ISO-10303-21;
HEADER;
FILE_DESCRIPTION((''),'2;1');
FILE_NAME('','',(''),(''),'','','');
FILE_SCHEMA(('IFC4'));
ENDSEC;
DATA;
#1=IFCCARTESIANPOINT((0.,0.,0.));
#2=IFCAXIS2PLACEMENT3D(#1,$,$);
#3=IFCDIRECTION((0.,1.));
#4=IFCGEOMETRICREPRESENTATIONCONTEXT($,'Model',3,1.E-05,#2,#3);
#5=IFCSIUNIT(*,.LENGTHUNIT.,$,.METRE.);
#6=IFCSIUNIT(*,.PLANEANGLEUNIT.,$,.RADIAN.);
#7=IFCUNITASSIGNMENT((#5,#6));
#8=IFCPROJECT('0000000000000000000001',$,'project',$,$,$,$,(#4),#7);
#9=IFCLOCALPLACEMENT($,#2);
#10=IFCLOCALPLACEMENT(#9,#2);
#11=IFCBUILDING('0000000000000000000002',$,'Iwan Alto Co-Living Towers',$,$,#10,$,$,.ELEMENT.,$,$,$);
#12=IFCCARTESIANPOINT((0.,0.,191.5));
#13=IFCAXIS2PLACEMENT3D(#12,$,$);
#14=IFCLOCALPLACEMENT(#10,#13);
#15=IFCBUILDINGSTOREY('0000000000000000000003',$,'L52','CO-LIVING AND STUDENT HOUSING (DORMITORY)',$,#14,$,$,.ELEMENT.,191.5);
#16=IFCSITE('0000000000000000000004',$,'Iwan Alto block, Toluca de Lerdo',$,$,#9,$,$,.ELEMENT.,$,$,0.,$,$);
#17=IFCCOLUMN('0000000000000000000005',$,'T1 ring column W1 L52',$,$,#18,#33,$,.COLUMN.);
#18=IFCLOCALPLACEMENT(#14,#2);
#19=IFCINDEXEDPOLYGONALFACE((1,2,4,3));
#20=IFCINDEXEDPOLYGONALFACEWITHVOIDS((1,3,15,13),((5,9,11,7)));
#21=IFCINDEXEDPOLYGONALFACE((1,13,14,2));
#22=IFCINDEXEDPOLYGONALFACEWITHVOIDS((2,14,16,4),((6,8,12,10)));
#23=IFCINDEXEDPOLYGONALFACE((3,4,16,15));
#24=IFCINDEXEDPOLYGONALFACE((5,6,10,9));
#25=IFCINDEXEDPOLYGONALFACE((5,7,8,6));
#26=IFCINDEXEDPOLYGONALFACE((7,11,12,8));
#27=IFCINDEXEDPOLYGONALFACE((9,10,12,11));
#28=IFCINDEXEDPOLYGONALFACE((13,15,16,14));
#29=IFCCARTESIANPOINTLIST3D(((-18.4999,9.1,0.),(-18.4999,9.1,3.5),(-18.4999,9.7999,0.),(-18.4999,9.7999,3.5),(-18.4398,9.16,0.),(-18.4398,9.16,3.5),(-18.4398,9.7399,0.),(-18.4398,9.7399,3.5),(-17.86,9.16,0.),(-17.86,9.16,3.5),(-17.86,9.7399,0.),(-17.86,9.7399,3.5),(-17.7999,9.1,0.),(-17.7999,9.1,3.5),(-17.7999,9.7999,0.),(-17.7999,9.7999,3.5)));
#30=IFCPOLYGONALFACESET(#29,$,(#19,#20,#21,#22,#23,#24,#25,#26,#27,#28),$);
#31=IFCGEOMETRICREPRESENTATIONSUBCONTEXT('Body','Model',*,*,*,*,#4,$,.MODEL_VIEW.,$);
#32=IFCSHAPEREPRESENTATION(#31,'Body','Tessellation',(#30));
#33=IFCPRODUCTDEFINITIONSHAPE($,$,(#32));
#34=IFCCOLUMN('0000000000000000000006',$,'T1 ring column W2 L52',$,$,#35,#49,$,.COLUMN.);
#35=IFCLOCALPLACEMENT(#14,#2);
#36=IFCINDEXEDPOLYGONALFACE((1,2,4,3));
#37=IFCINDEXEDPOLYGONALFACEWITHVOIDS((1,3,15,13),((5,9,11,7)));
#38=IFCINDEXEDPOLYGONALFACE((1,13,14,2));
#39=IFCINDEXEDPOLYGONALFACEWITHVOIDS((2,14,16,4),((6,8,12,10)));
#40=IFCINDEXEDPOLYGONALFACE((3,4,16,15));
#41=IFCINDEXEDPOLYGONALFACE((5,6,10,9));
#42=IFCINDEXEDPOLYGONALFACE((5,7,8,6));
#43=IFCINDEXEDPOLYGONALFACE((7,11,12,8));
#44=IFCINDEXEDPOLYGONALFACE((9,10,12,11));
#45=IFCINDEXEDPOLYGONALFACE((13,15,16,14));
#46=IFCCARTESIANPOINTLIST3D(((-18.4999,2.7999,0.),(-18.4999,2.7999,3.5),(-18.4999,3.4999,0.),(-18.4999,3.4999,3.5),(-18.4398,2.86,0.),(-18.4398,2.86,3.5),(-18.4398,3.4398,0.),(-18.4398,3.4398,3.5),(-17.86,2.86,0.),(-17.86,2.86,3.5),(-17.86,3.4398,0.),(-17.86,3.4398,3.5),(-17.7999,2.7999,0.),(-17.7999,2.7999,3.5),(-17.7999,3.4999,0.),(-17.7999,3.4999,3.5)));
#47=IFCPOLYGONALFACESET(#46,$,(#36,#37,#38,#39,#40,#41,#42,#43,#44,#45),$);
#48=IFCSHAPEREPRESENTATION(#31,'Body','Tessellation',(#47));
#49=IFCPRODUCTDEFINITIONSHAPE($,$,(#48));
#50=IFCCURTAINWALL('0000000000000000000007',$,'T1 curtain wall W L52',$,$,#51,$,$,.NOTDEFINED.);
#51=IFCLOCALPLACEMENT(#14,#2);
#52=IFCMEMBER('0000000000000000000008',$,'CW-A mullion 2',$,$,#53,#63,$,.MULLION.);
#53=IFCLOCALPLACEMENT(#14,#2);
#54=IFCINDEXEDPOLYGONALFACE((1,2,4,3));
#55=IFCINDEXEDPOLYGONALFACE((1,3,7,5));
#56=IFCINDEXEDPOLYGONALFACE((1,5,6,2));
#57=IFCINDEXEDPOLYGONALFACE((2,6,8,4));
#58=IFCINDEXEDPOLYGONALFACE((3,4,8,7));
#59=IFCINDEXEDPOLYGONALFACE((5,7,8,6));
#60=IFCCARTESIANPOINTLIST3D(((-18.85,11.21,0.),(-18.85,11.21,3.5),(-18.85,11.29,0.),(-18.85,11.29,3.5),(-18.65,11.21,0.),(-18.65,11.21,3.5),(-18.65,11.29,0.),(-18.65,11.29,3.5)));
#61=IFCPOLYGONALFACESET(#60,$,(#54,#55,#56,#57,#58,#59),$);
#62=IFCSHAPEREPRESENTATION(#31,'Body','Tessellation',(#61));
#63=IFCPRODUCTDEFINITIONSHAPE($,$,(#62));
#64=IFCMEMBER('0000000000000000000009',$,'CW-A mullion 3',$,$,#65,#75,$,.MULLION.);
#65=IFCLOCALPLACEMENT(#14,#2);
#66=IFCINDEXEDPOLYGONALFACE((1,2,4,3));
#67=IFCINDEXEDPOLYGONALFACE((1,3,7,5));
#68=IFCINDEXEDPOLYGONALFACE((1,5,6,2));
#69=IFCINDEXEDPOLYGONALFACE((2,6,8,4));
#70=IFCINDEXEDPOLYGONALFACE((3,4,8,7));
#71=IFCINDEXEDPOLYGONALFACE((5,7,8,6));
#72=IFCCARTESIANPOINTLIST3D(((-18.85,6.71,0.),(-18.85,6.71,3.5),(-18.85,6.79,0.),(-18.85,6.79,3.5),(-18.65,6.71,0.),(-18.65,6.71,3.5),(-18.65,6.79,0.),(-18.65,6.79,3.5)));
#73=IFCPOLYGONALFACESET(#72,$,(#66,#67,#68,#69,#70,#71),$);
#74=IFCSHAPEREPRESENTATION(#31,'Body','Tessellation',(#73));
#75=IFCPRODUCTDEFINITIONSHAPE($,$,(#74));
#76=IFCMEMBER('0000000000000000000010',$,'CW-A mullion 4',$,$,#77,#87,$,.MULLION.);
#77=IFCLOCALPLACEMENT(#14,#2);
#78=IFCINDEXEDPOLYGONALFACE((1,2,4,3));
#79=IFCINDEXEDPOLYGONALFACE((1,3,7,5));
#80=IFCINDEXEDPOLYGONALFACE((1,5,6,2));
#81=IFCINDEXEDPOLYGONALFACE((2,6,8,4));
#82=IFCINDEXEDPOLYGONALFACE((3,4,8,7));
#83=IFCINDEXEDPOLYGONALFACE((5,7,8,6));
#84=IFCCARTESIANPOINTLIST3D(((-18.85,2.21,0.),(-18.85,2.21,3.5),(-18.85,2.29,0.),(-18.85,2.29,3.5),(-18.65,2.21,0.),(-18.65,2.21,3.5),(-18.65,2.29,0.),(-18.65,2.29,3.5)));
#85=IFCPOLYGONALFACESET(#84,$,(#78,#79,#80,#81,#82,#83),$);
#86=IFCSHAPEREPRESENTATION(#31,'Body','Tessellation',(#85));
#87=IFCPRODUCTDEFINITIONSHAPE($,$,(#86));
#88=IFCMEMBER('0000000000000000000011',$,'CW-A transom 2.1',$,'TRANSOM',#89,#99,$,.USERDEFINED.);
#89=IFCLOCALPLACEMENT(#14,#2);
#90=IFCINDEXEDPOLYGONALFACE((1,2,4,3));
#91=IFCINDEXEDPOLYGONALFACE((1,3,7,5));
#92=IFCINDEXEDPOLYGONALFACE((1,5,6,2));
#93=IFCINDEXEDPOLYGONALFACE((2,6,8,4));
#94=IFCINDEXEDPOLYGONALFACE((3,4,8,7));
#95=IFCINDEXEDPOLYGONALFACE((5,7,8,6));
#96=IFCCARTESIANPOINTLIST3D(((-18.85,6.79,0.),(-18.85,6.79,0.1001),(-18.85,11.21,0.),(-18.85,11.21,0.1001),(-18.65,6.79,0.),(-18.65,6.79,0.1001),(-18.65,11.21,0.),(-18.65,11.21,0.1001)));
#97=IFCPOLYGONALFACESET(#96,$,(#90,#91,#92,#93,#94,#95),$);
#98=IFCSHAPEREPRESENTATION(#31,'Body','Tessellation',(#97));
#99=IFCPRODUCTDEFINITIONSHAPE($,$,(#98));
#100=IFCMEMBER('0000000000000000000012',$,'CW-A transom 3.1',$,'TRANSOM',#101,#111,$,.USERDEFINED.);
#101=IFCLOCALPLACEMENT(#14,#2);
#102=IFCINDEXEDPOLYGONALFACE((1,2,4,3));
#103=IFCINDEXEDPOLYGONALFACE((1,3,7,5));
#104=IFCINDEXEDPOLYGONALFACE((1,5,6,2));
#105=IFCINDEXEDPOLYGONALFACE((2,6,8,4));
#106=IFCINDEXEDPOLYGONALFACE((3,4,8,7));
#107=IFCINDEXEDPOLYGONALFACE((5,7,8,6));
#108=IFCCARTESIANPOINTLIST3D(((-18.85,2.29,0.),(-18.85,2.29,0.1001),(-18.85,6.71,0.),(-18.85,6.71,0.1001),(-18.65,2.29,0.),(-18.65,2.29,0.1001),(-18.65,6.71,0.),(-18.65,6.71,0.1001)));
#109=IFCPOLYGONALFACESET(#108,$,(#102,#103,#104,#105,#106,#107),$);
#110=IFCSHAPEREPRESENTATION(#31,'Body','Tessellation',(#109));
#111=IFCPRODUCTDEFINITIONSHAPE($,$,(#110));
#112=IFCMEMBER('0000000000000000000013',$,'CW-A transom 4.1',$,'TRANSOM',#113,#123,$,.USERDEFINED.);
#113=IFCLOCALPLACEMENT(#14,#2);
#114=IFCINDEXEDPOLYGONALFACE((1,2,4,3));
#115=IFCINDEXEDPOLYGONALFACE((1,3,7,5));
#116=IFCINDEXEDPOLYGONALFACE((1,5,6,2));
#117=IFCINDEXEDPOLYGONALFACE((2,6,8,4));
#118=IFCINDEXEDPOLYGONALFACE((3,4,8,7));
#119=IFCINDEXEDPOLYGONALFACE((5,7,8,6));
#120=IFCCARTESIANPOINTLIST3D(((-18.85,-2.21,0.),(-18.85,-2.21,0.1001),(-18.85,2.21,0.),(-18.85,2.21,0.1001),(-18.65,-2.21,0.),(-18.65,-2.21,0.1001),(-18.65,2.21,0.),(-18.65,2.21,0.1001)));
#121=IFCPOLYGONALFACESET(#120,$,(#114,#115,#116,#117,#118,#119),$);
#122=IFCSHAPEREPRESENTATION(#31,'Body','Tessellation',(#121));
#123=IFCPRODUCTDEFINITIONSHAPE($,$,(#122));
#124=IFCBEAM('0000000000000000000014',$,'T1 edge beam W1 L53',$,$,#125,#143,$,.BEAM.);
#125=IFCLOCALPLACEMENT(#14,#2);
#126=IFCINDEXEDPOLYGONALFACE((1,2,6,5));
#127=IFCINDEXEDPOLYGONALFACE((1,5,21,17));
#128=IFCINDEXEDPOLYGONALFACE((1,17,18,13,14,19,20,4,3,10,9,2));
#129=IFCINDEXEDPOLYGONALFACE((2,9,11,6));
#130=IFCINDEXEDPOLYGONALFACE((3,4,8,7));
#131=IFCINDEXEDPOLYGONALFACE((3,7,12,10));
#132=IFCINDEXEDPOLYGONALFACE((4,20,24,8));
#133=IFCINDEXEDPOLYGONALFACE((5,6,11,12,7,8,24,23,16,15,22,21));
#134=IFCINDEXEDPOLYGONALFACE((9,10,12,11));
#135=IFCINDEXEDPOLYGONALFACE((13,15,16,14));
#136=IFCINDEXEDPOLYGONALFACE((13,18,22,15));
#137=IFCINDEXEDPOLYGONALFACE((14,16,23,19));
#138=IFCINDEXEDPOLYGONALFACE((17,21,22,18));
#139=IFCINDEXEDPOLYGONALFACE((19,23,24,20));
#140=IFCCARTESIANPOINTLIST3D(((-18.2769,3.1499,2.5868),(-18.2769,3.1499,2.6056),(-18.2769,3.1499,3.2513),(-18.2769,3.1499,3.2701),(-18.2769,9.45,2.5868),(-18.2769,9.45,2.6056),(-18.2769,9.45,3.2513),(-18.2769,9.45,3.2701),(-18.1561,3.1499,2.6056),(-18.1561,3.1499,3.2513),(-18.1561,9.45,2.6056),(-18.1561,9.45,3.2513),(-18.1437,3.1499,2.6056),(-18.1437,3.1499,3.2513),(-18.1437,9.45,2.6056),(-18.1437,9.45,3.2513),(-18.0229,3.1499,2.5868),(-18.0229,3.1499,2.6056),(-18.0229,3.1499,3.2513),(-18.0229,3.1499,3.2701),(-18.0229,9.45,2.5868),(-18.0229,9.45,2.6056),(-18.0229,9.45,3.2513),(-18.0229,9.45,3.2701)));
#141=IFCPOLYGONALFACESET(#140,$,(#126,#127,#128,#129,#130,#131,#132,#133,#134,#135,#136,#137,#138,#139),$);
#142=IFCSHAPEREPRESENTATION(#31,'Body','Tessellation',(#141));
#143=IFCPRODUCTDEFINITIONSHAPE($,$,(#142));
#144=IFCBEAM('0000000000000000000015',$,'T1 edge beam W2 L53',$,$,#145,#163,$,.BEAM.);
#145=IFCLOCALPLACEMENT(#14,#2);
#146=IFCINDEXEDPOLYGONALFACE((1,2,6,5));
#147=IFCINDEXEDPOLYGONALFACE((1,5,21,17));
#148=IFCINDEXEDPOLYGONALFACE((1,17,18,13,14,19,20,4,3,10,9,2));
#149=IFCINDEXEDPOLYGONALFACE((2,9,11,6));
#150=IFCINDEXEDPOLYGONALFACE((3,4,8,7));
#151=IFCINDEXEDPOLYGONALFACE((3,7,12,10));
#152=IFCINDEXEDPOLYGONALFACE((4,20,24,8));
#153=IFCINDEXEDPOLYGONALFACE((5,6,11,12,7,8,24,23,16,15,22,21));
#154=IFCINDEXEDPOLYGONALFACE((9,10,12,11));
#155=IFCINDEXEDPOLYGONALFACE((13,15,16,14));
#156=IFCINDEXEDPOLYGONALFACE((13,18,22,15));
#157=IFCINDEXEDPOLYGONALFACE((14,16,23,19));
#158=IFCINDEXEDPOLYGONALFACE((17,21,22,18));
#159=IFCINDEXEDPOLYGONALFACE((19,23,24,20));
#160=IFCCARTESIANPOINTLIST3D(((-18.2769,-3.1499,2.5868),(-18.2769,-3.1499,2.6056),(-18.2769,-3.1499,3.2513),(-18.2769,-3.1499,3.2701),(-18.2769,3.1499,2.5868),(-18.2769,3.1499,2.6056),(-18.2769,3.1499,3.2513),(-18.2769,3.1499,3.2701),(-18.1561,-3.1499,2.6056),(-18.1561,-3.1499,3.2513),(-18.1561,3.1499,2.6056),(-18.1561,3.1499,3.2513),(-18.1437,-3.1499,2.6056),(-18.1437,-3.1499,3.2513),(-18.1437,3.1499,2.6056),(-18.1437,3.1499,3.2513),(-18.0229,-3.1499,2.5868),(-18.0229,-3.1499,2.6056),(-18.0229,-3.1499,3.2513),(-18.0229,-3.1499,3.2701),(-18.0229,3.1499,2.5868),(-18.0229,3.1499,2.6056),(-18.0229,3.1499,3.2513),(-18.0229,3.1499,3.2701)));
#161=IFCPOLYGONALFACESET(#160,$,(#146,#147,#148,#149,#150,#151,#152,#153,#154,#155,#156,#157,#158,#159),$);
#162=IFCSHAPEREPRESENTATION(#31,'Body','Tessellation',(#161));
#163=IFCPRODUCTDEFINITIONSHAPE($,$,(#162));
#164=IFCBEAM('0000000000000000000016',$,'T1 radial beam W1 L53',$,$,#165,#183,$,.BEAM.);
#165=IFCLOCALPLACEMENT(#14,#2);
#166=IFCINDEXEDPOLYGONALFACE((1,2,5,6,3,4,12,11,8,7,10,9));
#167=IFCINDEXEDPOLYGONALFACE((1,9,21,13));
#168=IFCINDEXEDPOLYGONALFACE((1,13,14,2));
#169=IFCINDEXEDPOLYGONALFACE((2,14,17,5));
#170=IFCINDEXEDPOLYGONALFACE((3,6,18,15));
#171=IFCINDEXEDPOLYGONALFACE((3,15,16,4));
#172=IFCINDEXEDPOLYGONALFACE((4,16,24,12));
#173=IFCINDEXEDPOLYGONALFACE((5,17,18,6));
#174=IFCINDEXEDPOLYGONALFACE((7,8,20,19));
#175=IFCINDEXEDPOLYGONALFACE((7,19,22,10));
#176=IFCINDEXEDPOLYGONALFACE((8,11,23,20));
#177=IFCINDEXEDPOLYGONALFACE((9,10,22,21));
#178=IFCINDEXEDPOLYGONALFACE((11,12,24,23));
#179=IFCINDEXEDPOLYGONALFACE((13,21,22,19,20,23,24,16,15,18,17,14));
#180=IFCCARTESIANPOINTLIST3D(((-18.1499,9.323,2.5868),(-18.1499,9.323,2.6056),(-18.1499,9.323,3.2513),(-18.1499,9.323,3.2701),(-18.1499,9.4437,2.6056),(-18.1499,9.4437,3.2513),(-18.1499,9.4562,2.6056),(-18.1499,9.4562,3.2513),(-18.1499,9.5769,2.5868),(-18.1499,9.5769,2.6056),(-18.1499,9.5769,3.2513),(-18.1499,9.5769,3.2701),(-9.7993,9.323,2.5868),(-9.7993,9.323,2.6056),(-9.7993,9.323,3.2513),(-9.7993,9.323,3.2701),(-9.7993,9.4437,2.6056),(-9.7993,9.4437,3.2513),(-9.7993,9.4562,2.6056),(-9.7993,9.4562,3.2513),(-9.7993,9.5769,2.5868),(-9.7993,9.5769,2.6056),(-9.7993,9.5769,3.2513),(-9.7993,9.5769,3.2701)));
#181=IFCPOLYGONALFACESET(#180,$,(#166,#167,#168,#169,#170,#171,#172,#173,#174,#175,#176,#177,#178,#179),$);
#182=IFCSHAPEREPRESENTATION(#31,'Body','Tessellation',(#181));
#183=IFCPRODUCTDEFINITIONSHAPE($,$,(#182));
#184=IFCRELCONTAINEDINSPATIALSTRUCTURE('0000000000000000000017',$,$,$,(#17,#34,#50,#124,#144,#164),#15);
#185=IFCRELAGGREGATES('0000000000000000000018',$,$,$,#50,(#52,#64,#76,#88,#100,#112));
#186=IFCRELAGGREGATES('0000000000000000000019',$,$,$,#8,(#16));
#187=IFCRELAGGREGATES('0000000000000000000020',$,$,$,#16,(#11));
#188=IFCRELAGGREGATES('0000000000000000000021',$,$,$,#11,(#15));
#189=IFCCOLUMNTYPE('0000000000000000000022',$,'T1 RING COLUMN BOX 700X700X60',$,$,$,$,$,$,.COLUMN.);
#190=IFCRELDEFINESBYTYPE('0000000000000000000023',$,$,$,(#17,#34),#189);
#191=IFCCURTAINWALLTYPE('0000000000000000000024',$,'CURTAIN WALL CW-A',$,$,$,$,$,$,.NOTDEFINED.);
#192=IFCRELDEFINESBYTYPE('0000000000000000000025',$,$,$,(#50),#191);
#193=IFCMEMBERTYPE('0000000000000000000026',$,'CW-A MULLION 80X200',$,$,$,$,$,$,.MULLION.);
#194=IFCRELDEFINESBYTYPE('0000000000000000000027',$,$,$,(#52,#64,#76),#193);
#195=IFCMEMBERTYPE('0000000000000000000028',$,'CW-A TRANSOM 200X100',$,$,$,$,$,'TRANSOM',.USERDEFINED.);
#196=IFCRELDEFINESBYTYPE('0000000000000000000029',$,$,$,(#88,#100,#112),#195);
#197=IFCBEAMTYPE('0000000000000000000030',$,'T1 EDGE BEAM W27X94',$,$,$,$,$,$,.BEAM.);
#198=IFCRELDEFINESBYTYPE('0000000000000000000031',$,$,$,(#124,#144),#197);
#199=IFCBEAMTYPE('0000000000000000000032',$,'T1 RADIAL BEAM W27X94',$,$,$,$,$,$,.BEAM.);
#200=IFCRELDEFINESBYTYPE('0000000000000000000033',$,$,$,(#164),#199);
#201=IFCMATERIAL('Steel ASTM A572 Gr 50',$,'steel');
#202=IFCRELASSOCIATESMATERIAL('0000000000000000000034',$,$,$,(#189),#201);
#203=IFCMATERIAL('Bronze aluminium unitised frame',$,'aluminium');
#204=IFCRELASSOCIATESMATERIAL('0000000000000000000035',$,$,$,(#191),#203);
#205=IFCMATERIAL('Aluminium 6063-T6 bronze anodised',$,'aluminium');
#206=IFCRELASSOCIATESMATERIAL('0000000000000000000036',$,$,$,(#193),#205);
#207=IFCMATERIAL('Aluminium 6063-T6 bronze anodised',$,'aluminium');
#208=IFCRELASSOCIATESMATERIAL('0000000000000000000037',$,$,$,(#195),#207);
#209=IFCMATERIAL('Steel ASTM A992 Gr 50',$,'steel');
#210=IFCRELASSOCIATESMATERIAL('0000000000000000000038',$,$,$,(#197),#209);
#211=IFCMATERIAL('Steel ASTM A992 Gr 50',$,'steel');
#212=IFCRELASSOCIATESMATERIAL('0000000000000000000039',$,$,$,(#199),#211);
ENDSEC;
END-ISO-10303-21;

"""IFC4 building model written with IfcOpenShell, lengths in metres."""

from ifc_helpers import new_model, si_unit, direction, frame, origin, origin_2d, place, context, subcontext, project, spatial, rectangle, hollow_rectangle, i_section, extrude, material, material_profile, profile_set, type_object, element, aggregate, save


model = new_model("IFC4")

# Units and contexts
model_context = context("Model", 3, precision=1e-05, world=origin(), true_north=direction((0.0, 1.0)))
body_context = subcontext(model_context, "Body", "Model", "MODEL_VIEW")
ifc_project = project(units=[si_unit("LENGTHUNIT", "METRE"), si_unit("PLANEANGLEUNIT", "RADIAN")], contexts=[model_context])

# Site, building, storey
site_placement = place(None, origin())
site = spatial("IfcSite", under=ifc_project, at=site_placement, Name="Iwan Alto block, Toluca de Lerdo", CompositionType="ELEMENT", RefElevation=0.0)
building_placement = place(site_placement, origin())
building = spatial("IfcBuilding", under=site, at=building_placement, Name="Iwan Alto Co-Living Towers", CompositionType="ELEMENT")
storey_placement = place(building_placement, frame((0.0, 0.0, 191.5)))
storey = spatial("IfcBuildingStorey", under=building, at=storey_placement, Name="L52", Description="CO-LIVING AND STUDENT HOUSING (DORMITORY)", CompositionType="ELEMENT", Elevation=191.5)

# Columns
ifc_material_1 = material(Name="Steel ASTM A572 Gr 50", Category="steel")
ifc_material_profile_1 = material_profile(ifc_material_1, hollow_rectangle(XDim=0.7, YDim=0.7, WallThickness=0.0601, at=origin_2d()), Name="BOX 700X700X60")
ifc_profile_set_1 = profile_set([ifc_material_profile_1], Name="Steel ASTM A572 Gr 50")
column_type = type_object("IfcColumnType", Name="T1 RING COLUMN BOX 700X700X60", PredefinedType="COLUMN", material=ifc_profile_set_1)
for number, where, z_axis, x_axis, name in (
    (1, (-18.1499, 9.45, 0.0), (0.0, 0.0, 1.0), (1.0, 0.0, 0.0), "T1 ring column W1 L52"),
    (2, (-18.1499, 3.1499, 0.0), (0.0, 0.0, 1.0), (1.0, 0.0, 0.0), "T1 ring column W2 L52"),
):
    element("IfcColumn", number, at=place(storey_placement, frame(where, z_axis=z_axis, x_axis=x_axis)), inside=storey, type_object=column_type, Name=name, PredefinedType="COLUMN", context=body_context, shape_type="SweptSolid", body=[
        extrude(hollow_rectangle(XDim=0.7, YDim=0.7, WallThickness=0.0601, at=origin_2d()), origin(), (0.0, 0.0, 1.0), 3.5),
    ])

# Curtain wall, members
ifc_material_2 = material(Name="Bronze aluminium unitised frame", Category="aluminium")
curtain_wall_type = type_object("IfcCurtainWallType", Name="CURTAIN WALL CW-A", PredefinedType="NOTDEFINED", material=ifc_material_2)
curtain_wall_placement = place(storey_placement, origin())
curtain_wall = element("IfcCurtainWall", 3, at=curtain_wall_placement, inside=storey, type_object=curtain_wall_type, Name="T1 curtain wall W L52", PredefinedType="NOTDEFINED")
ifc_material_3 = material(Name="Aluminium 6063-T6 bronze anodised", Category="aluminium")
ifc_material_profile_2 = material_profile(ifc_material_3, rectangle(XDim=0.2, YDim=0.0801, at=origin_2d()), Name="AL 80X200")
ifc_profile_set_2 = profile_set([ifc_material_profile_2], Name="Aluminium 6063-T6 bronze anodised")
member_type_1 = type_object("IfcMemberType", Name="CW-A MULLION 80X200", PredefinedType="MULLION", material=ifc_profile_set_2)
member_1_placement = place(storey_placement, frame((-18.75, 11.25, 0.0), z_axis=(0.0, 0.0, 1.0), x_axis=(1.0, 0.0, 0.0)))
member_1 = element("IfcMember", 4, at=member_1_placement, type_object=member_type_1, Name="CW-A mullion 2", PredefinedType="MULLION", context=body_context, shape_type="SweptSolid", body=[
    extrude(rectangle(XDim=0.2, YDim=0.0801, at=origin_2d()), origin(), (0.0, 0.0, 1.0), 3.5),
])
member_2_placement = place(storey_placement, frame((-18.75, 6.75, 0.0), z_axis=(0.0, 0.0, 1.0), x_axis=(1.0, 0.0, 0.0)))
member_2 = element("IfcMember", 5, at=member_2_placement, type_object=member_type_1, Name="CW-A mullion 3", PredefinedType="MULLION", context=body_context, shape_type="SweptSolid", body=[
    extrude(rectangle(XDim=0.2, YDim=0.0801, at=origin_2d()), origin(), (0.0, 0.0, 1.0), 3.5),
])
member_3_placement = place(storey_placement, frame((-18.75, 2.25, 0.0), z_axis=(0.0, 0.0, 1.0), x_axis=(1.0, 0.0, 0.0)))
member_3 = element("IfcMember", 6, at=member_3_placement, type_object=member_type_1, Name="CW-A mullion 4", PredefinedType="MULLION", context=body_context, shape_type="SweptSolid", body=[
    extrude(rectangle(XDim=0.2, YDim=0.0801, at=origin_2d()), origin(), (0.0, 0.0, 1.0), 3.5),
])
ifc_material_4 = material(Name="Aluminium 6063-T6 bronze anodised", Category="aluminium")
ifc_material_profile_3 = material_profile(ifc_material_4, rectangle(XDim=0.2, YDim=0.1001, at=origin_2d()), Name="AL 200X100")
ifc_profile_set_3 = profile_set([ifc_material_profile_3], Name="Aluminium 6063-T6 bronze anodised")
member_type_2 = type_object("IfcMemberType", Name="CW-A TRANSOM 200X100", ElementType="TRANSOM", PredefinedType="USERDEFINED", material=ifc_profile_set_3)
member_4_placement = place(storey_placement, frame((-18.75, 11.21, 0.05), z_axis=(0.0, -1.0, 0.0), x_axis=(1.0, 0.0, 0.0)))
member_4 = element("IfcMember", 7, at=member_4_placement, type_object=member_type_2, Name="CW-A transom 2.1", ObjectType="TRANSOM", PredefinedType="USERDEFINED", context=body_context, shape_type="SweptSolid", body=[
    extrude(rectangle(XDim=0.2, YDim=0.1001, at=origin_2d()), origin(), (0.0, 0.0, 1.0), 4.4199),
])
member_5_placement = place(storey_placement, frame((-18.75, 6.71, 0.05), z_axis=(0.0, -1.0, 0.0), x_axis=(1.0, 0.0, 0.0)))
member_5 = element("IfcMember", 8, at=member_5_placement, type_object=member_type_2, Name="CW-A transom 3.1", ObjectType="TRANSOM", PredefinedType="USERDEFINED", context=body_context, shape_type="SweptSolid", body=[
    extrude(rectangle(XDim=0.2, YDim=0.1001, at=origin_2d()), origin(), (0.0, 0.0, 1.0), 4.4199),
])
member_6_placement = place(storey_placement, frame((-18.75, 2.21, 0.05), z_axis=(0.0, -1.0, 0.0), x_axis=(1.0, 0.0, 0.0)))
member_6 = element("IfcMember", 9, at=member_6_placement, type_object=member_type_2, Name="CW-A transom 4.1", ObjectType="TRANSOM", PredefinedType="USERDEFINED", context=body_context, shape_type="SweptSolid", body=[
    extrude(rectangle(XDim=0.2, YDim=0.1001, at=origin_2d()), origin(), (0.0, 0.0, 1.0), 4.4199),
])

# Beams
ifc_material_5 = material(Name="Steel ASTM A992 Gr 50", Category="steel")
ifc_material_profile_4 = material_profile(ifc_material_5, i_section(OverallWidth=0.2539, OverallDepth=0.6833, WebThickness=0.0125, FlangeThickness=0.0188, at=origin_2d()), Name="W27X94")
ifc_profile_set_4 = profile_set([ifc_material_profile_4], Name="Steel ASTM A992 Gr 50")
beam_type_1 = type_object("IfcBeamType", Name="T1 EDGE BEAM W27X94", PredefinedType="BEAM", material=ifc_profile_set_4)
beam_1_placement = place(storey_placement, frame((-18.1499, 9.45, 2.9285), z_axis=(0.0, -1.0, 0.0), x_axis=(1.0, 0.0, 0.0)))
element("IfcBeam", 10, at=beam_1_placement, inside=storey, type_object=beam_type_1, Name="T1 edge beam W1 L53", PredefinedType="BEAM", context=body_context, shape_type="SweptSolid", body=[
    extrude(i_section(OverallWidth=0.2539, OverallDepth=0.6833, WebThickness=0.0125, FlangeThickness=0.0188, at=origin_2d()), origin(), (0.0, 0.0, 1.0), 6.3),
])
beam_2_placement = place(storey_placement, frame((-18.1499, 3.1499, 2.9285), z_axis=(0.0, -1.0, 0.0), x_axis=(1.0, 0.0, 0.0)))
element("IfcBeam", 11, at=beam_2_placement, inside=storey, type_object=beam_type_1, Name="T1 edge beam W2 L53", PredefinedType="BEAM", context=body_context, shape_type="SweptSolid", body=[
    extrude(i_section(OverallWidth=0.2539, OverallDepth=0.6833, WebThickness=0.0125, FlangeThickness=0.0188, at=origin_2d()), origin(), (0.0, 0.0, 1.0), 6.2998),
])
ifc_material_6 = material(Name="Steel ASTM A992 Gr 50", Category="steel")
ifc_material_profile_5 = material_profile(ifc_material_6, i_section(OverallWidth=0.2539, OverallDepth=0.6833, WebThickness=0.0125, FlangeThickness=0.0188, at=origin_2d()), Name="W27X94")
ifc_profile_set_5 = profile_set([ifc_material_profile_5], Name="Steel ASTM A992 Gr 50")
beam_type_2 = type_object("IfcBeamType", Name="T1 RADIAL BEAM W27X94", PredefinedType="BEAM", material=ifc_profile_set_5)
for number, where, z_axis, x_axis, name in (
    (12, (-18.1499, 9.45, 2.9285), (1.0, 0.0, 0.0), (0.0, 1.0, 0.0), "T1 radial beam W1 L53"),
):
    element("IfcBeam", number, at=place(storey_placement, frame(where, z_axis=z_axis, x_axis=x_axis)), inside=storey, type_object=beam_type_2, Name=name, PredefinedType="BEAM", context=body_context, shape_type="SweptSolid", body=[
        extrude(i_section(OverallWidth=0.2539, OverallDepth=0.6833, WebThickness=0.0125, FlangeThickness=0.0188, at=origin_2d()), origin(), (0.0, 0.0, 1.0), 8.3506),
    ])

aggregate(curtain_wall, [member_1, member_2, member_3, member_4, member_5, member_6])

save(model, "model.ifc")
